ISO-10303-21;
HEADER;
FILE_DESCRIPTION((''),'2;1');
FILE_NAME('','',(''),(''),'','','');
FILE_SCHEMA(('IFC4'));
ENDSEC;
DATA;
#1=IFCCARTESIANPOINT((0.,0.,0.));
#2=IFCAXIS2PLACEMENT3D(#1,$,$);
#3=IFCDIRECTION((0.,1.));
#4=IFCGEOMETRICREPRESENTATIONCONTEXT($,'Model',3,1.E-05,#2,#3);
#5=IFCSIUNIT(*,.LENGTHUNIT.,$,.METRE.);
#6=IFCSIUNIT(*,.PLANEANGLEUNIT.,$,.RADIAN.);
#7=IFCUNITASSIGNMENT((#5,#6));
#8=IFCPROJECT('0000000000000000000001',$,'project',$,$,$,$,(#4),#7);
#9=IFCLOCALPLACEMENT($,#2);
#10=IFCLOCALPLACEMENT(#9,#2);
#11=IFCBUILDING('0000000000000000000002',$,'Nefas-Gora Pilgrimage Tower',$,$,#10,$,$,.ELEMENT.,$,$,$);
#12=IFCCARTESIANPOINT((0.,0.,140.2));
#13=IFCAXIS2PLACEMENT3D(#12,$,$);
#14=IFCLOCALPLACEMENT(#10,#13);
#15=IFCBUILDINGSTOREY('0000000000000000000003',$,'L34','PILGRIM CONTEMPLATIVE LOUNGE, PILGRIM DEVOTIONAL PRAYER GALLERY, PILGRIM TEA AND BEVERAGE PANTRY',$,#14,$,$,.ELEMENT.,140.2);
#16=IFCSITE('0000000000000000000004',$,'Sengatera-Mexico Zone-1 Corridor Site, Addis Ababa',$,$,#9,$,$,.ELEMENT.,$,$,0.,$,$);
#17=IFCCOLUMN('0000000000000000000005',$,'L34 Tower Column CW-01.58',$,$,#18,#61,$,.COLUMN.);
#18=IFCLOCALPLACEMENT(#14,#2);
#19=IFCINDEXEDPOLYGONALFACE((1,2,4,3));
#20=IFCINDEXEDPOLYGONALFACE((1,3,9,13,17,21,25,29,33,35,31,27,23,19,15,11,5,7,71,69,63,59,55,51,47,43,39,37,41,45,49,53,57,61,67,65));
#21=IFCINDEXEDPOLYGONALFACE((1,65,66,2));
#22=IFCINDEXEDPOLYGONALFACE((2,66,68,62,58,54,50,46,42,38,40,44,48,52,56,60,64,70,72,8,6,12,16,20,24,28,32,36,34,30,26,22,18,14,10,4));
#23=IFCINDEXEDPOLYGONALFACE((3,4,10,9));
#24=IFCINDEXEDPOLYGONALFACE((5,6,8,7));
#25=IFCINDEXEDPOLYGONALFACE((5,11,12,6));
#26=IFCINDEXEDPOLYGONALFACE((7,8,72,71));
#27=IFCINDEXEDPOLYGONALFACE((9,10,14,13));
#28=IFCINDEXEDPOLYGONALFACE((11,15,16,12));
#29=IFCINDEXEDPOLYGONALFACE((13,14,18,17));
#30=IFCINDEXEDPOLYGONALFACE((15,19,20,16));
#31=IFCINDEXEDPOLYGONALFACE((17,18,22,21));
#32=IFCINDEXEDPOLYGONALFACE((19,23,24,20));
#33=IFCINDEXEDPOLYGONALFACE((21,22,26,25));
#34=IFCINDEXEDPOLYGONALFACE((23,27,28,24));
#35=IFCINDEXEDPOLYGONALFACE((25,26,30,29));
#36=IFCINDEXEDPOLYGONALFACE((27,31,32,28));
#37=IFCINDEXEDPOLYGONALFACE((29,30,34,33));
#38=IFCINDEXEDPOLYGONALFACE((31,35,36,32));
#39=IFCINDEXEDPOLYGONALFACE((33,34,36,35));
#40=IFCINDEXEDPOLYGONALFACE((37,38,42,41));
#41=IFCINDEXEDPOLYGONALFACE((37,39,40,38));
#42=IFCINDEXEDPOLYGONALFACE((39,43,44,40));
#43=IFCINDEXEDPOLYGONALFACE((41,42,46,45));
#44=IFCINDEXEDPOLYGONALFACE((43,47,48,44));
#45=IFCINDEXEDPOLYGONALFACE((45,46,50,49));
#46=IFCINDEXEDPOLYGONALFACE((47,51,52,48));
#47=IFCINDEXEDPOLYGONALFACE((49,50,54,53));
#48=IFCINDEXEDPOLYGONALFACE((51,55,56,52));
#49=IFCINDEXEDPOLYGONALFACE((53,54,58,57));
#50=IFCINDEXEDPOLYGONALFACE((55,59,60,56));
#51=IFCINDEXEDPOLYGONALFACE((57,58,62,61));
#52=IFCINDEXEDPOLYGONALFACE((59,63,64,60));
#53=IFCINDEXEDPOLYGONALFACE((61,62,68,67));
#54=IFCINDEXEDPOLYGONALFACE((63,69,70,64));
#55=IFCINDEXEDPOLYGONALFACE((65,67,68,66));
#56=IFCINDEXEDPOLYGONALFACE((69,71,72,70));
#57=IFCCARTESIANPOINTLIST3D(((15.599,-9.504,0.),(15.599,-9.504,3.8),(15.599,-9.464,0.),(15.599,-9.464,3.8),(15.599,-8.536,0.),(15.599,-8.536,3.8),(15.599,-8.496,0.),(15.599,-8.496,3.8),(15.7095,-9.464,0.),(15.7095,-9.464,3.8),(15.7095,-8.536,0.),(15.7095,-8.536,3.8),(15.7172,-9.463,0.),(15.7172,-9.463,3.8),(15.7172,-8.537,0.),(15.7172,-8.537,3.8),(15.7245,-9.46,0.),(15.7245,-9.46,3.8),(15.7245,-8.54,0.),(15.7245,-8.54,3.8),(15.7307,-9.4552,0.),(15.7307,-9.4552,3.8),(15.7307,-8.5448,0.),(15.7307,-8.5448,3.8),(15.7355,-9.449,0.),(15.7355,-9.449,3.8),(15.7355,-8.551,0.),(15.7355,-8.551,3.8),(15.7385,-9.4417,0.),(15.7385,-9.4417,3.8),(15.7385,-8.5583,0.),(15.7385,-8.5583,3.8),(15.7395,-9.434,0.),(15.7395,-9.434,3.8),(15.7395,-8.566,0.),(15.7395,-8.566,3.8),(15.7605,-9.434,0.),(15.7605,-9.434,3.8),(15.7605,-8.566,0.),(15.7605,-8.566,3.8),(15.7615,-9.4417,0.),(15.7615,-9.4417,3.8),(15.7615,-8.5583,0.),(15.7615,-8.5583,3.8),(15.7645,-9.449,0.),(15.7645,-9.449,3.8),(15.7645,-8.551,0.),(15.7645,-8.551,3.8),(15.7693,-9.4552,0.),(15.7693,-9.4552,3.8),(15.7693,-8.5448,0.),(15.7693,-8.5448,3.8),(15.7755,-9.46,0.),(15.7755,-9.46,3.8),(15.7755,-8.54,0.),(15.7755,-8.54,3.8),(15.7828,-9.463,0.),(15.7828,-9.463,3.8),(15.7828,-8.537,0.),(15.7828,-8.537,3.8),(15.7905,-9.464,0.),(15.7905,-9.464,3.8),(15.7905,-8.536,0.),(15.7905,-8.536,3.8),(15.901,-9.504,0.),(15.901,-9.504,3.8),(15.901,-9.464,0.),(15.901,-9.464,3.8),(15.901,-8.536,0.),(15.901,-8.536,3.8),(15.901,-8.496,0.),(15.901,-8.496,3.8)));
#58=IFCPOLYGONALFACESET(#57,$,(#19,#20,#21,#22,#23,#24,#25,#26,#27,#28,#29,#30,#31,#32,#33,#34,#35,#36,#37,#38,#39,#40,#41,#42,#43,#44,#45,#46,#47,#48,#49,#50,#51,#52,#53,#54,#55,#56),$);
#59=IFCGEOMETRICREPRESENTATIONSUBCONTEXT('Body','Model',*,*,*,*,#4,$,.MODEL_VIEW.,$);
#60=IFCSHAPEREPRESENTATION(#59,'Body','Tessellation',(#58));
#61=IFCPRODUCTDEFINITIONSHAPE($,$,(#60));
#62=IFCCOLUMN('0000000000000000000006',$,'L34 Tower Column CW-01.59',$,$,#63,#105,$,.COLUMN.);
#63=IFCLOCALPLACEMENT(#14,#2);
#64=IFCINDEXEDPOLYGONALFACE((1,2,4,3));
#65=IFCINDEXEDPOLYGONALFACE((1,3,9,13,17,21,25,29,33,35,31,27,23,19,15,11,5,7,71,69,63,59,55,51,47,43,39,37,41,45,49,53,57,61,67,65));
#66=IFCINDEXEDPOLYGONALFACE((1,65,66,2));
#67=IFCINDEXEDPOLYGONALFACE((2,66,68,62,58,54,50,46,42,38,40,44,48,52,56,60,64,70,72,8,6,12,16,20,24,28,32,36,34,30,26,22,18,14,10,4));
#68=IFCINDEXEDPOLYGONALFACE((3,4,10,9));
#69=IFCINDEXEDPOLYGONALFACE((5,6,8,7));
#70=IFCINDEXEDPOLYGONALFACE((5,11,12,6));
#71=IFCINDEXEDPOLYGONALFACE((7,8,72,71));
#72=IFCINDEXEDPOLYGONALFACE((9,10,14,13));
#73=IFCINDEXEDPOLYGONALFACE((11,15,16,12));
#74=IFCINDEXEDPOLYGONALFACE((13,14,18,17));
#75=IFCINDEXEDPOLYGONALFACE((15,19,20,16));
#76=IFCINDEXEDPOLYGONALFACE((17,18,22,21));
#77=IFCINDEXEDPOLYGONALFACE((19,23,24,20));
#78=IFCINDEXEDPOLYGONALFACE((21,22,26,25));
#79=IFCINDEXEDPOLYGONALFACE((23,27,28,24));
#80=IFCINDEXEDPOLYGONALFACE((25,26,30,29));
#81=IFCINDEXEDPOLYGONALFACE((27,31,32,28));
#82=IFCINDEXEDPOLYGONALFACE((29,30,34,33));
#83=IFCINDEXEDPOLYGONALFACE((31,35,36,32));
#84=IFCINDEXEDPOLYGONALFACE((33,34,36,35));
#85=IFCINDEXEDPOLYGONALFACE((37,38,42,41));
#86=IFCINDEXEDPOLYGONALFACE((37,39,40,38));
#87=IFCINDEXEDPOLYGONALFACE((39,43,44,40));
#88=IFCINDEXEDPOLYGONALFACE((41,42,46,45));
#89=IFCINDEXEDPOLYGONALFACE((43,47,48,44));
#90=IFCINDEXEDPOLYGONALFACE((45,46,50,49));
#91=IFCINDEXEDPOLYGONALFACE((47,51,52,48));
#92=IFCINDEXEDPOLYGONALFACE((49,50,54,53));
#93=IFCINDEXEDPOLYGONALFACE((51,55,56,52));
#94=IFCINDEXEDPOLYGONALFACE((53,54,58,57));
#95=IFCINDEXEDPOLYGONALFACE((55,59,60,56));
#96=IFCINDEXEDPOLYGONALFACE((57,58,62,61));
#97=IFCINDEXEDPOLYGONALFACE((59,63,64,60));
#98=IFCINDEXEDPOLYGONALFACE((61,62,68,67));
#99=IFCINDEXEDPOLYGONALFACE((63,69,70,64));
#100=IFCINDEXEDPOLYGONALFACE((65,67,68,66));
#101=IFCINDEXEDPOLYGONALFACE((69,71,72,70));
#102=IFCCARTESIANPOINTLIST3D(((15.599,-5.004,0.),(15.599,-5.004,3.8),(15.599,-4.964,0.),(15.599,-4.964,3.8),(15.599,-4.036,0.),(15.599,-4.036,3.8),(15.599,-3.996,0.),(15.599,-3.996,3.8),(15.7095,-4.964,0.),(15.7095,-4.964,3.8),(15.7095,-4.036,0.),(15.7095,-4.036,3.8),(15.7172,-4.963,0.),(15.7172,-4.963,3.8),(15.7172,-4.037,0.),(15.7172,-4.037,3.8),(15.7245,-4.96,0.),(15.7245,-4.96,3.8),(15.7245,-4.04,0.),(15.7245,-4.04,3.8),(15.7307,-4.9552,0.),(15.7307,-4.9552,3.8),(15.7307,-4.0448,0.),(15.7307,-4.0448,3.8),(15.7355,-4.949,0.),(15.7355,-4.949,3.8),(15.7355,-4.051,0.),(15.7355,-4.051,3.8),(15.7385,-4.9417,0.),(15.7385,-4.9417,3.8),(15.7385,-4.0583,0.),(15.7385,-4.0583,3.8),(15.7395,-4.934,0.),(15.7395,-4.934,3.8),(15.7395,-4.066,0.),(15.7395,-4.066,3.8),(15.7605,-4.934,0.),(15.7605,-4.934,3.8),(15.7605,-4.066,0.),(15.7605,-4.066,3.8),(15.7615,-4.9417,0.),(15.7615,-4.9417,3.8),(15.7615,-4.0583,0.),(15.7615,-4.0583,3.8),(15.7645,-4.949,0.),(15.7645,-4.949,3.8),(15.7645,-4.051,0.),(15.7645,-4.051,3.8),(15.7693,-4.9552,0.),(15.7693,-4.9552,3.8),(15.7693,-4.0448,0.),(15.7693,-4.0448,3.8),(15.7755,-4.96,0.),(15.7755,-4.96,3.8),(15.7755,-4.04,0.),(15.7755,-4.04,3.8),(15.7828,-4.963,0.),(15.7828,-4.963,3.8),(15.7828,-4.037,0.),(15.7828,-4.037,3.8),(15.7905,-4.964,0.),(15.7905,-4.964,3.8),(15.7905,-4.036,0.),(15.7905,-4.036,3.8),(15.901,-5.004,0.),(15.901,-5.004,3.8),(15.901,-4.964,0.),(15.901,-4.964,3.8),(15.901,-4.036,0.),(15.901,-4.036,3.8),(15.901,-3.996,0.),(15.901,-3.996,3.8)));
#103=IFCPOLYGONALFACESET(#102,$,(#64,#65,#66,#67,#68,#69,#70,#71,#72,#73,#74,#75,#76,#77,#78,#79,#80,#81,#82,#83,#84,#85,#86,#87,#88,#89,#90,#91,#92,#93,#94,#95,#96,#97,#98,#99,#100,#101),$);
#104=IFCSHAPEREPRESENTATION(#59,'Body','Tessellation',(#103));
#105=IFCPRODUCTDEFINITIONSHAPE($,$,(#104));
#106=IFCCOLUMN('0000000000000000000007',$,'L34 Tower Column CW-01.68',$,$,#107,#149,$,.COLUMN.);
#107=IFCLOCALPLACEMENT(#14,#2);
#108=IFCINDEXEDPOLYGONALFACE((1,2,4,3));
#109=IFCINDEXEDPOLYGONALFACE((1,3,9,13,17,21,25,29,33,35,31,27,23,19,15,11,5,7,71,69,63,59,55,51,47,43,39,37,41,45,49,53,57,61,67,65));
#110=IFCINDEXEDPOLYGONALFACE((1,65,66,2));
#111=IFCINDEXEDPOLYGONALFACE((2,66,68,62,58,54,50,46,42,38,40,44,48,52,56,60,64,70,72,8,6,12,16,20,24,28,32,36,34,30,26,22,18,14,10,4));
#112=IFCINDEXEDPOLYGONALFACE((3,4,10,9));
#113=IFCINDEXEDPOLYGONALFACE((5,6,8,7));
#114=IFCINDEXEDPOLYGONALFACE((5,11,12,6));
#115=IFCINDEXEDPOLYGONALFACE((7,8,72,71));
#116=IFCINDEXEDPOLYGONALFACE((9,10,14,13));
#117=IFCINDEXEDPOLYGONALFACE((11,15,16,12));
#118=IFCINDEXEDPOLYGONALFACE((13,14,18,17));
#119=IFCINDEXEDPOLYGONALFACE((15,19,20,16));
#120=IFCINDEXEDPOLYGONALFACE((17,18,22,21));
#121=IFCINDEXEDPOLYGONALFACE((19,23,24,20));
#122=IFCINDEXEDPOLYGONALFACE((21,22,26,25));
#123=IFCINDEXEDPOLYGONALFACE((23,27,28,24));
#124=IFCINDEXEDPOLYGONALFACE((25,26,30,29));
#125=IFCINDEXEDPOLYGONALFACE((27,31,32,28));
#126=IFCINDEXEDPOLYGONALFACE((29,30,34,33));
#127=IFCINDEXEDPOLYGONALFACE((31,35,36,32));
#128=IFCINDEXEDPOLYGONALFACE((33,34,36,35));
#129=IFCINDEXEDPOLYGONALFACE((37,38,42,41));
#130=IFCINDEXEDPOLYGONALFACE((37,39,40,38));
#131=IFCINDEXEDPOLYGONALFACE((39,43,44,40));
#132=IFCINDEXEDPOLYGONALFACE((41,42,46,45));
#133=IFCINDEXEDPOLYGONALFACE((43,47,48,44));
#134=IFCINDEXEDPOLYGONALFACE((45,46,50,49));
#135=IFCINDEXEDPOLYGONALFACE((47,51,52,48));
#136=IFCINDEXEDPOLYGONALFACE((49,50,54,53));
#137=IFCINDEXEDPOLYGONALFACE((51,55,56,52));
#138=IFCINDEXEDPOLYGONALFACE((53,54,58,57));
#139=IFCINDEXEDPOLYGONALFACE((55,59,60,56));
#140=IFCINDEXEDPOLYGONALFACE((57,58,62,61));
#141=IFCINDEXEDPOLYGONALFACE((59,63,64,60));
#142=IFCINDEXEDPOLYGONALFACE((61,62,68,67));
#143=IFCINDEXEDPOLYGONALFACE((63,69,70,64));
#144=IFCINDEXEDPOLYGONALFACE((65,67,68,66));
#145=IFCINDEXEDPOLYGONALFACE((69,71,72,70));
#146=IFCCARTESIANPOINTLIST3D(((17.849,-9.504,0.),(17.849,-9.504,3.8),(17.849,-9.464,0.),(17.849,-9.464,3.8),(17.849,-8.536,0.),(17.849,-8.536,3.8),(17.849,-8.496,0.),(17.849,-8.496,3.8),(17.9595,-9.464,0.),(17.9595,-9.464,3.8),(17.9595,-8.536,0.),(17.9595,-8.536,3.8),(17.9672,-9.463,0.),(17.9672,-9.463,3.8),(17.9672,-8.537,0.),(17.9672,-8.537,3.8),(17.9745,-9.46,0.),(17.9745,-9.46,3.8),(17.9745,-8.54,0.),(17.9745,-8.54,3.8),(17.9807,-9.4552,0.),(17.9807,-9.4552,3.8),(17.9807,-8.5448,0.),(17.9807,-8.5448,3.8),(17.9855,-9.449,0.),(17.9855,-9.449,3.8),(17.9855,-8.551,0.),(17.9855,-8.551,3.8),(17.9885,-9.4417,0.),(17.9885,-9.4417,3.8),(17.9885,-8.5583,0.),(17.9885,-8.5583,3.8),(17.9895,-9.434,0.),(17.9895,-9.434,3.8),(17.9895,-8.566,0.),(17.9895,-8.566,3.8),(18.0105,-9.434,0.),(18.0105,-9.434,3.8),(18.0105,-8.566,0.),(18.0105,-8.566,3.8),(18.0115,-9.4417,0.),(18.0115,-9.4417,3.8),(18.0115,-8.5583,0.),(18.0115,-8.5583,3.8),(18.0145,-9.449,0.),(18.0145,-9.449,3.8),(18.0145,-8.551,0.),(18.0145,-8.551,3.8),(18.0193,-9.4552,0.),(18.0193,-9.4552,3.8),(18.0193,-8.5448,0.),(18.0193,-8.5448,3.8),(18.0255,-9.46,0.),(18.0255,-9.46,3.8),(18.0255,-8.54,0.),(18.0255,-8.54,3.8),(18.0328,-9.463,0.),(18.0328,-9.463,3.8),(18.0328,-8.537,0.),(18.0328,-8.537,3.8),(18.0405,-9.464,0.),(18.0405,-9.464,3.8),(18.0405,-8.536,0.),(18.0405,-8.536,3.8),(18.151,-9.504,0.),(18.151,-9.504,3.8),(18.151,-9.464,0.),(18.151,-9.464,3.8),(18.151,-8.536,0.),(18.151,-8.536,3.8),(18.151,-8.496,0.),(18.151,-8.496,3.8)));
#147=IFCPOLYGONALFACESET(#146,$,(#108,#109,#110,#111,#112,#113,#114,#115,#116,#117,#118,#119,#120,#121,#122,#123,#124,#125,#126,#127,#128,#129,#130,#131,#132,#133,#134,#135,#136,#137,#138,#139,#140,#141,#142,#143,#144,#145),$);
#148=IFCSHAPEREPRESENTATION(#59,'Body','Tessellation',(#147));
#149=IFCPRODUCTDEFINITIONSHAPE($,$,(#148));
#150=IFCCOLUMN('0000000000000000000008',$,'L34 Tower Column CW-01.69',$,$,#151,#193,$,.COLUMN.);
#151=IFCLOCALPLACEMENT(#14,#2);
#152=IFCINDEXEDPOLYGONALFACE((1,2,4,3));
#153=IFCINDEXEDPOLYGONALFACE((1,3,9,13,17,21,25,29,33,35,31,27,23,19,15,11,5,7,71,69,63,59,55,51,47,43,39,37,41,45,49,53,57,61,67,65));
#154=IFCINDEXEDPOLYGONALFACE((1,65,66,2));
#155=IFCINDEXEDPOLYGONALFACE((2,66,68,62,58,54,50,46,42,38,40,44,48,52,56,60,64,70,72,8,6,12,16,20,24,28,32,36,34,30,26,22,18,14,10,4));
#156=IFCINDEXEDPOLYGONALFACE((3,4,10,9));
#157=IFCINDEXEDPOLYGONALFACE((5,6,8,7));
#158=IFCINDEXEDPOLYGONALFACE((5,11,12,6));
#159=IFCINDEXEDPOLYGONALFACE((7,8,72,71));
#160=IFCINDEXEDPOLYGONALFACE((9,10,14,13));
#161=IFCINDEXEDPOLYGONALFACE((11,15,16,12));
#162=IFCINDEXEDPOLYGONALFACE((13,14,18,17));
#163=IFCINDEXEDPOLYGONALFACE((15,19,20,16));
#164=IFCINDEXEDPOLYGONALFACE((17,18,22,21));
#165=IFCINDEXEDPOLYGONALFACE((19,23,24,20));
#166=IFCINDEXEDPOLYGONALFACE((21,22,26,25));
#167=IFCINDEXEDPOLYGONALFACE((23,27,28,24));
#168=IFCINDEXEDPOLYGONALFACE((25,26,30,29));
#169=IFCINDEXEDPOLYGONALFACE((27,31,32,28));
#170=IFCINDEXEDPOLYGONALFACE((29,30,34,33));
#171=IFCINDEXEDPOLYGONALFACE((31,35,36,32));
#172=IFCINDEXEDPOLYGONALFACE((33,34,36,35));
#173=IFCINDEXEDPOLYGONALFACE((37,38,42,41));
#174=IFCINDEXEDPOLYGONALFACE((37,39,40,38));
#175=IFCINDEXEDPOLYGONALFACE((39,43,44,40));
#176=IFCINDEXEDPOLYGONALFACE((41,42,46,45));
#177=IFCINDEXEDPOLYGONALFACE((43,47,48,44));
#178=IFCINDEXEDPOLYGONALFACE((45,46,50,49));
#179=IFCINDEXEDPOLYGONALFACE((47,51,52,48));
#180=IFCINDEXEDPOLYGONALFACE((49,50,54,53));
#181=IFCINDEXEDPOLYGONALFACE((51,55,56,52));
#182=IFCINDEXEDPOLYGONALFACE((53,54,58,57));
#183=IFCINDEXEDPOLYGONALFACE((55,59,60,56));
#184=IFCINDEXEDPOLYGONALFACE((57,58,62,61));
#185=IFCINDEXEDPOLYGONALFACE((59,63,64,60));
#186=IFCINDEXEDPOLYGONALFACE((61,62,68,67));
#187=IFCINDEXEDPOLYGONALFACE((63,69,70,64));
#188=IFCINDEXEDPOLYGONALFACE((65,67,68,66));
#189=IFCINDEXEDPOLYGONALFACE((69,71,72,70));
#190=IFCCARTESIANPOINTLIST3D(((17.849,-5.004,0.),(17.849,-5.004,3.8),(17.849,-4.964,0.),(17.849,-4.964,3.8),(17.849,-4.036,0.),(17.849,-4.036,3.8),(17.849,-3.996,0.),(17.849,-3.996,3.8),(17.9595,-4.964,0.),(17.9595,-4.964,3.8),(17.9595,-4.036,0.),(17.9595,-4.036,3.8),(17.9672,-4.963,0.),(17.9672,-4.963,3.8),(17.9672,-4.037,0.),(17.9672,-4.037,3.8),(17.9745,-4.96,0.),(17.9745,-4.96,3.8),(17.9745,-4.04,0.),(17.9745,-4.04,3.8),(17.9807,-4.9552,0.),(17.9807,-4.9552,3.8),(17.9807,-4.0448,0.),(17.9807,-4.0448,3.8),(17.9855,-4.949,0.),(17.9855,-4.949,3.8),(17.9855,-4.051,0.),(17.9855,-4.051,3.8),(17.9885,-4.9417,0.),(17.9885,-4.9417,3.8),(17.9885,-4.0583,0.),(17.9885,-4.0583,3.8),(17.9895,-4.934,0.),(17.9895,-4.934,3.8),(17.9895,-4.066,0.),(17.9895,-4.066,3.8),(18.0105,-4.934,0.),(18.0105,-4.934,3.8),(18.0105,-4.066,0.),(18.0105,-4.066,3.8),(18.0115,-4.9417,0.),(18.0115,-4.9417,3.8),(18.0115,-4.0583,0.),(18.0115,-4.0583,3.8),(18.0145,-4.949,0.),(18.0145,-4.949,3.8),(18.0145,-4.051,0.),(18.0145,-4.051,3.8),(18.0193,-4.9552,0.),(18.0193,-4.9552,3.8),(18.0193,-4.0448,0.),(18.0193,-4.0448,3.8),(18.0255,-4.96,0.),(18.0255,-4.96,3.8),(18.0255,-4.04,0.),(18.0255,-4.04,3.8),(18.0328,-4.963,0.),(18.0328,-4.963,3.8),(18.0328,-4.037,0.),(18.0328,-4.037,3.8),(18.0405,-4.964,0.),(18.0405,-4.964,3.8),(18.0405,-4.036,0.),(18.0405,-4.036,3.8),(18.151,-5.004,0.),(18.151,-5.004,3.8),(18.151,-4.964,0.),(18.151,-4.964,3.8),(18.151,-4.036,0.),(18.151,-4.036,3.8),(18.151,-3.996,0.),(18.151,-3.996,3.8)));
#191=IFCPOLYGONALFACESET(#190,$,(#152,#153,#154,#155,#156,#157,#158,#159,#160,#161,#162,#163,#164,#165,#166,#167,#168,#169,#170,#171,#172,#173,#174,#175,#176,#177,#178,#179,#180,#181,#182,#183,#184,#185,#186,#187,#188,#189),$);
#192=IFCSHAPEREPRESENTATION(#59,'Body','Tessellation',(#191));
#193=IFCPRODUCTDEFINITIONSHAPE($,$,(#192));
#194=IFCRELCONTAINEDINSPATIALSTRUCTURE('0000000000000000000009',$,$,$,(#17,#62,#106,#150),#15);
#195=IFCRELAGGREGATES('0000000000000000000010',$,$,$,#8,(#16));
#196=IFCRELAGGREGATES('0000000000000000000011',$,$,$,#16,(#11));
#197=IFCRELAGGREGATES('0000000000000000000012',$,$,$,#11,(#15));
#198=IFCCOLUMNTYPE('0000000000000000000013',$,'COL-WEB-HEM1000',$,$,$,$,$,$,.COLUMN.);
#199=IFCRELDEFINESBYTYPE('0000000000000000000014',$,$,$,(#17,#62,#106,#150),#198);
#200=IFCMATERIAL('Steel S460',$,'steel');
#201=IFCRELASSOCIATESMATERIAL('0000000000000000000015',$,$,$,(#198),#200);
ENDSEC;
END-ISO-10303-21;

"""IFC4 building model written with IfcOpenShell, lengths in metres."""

from ifc_helpers import new_model, si_unit, direction, frame, origin, origin_2d, place, context, subcontext, project, spatial, i_section, extrude, source, transform, mapped, material, material_profile, profile_set, type_object, element, save


model = new_model("IFC4")

# Units and contexts
model_context = context("Model", 3, precision=1e-05, world=origin(), true_north=direction((0.0, 1.0)))
body_context = subcontext(model_context, "Body", "Model", "MODEL_VIEW")
ifc_project = project(units=[si_unit("LENGTHUNIT", "METRE"), si_unit("PLANEANGLEUNIT", "RADIAN")], contexts=[model_context])

# Site, building, storey
site_placement = place(None, origin())
site = spatial("IfcSite", under=ifc_project, at=site_placement, Name="Sengatera-Mexico Zone-1 Corridor Site, Addis Ababa", CompositionType="ELEMENT", RefElevation=0.0)
building_placement = place(site_placement, origin())
building = spatial("IfcBuilding", under=site, at=building_placement, Name="Nefas-Gora Pilgrimage Tower", CompositionType="ELEMENT")
storey_placement = place(building_placement, frame((0.0, 0.0, 140.2)))
storey = spatial("IfcBuildingStorey", under=building, at=storey_placement, Name="L34", Description="PILGRIM CONTEMPLATIVE LOUNGE, PILGRIM DEVOTIONAL PRAYER GALLERY, PILGRIM TEA AND BEVERAGE PANTRY", CompositionType="ELEMENT", Elevation=140.2)

# Columns
ifc_material_1 = material(Name="Steel S460", Category="steel")
ifc_material_profile_1 = material_profile(ifc_material_1, i_section(OverallWidth=0.302, OverallDepth=1.0081, WebThickness=0.021, FlangeThickness=0.04, FilletRadius=0.03, at=origin_2d()), Name="HEM 1000")
ifc_profile_set_1 = profile_set([ifc_material_profile_1], Name="Steel S460")
column_type_1 = type_object("IfcColumnType", Name="COL-WEB-HEM1000", PredefinedType="COLUMN", material=ifc_profile_set_1)
shared_shape_1 = source(origin(), body_context, "Body", "SweptSolid", [
    extrude(i_section(OverallWidth=0.302, OverallDepth=1.0081, WebThickness=0.021, FlangeThickness=0.04, FilletRadius=0.03, at=origin_2d()), origin(), (0.0, 0.0, 1.0), 3.8),
])
for number, where, z_axis, x_axis, name in (
    (1, (15.75, -9.0, 0.0), (0.0, 0.0, 1.0), (1.0, 0.0, 0.0), "L34 Tower Column CW-01.58"),
    (2, (15.75, -4.5, 0.0), (0.0, 0.0, 1.0), (1.0, 0.0, 0.0), "L34 Tower Column CW-01.59"),
    (3, (18.0, -9.0, 0.0), (0.0, 0.0, 1.0), (1.0, 0.0, 0.0), "L34 Tower Column CW-01.68"),
    (4, (18.0, -4.5, 0.0), (0.0, 0.0, 1.0), (1.0, 0.0, 0.0), "L34 Tower Column CW-01.69"),
):
    element("IfcColumn", number, at=place(storey_placement, frame(where, z_axis=z_axis, x_axis=x_axis)), inside=storey, type_object=column_type_1, Name=name, PredefinedType="COLUMN", context=body_context, shape_type="MappedRepresentation", body=[
        mapped(shared_shape_1, transform((0.0, 0.0, 0.0), x_axis=(1.0, 0.0, 0.0), y_axis=(0.0, 1.0, 0.0), z_axis=(0.0, 0.0, 1.0), scale=1.0)),
    ])

save(model, "model.ifc")
